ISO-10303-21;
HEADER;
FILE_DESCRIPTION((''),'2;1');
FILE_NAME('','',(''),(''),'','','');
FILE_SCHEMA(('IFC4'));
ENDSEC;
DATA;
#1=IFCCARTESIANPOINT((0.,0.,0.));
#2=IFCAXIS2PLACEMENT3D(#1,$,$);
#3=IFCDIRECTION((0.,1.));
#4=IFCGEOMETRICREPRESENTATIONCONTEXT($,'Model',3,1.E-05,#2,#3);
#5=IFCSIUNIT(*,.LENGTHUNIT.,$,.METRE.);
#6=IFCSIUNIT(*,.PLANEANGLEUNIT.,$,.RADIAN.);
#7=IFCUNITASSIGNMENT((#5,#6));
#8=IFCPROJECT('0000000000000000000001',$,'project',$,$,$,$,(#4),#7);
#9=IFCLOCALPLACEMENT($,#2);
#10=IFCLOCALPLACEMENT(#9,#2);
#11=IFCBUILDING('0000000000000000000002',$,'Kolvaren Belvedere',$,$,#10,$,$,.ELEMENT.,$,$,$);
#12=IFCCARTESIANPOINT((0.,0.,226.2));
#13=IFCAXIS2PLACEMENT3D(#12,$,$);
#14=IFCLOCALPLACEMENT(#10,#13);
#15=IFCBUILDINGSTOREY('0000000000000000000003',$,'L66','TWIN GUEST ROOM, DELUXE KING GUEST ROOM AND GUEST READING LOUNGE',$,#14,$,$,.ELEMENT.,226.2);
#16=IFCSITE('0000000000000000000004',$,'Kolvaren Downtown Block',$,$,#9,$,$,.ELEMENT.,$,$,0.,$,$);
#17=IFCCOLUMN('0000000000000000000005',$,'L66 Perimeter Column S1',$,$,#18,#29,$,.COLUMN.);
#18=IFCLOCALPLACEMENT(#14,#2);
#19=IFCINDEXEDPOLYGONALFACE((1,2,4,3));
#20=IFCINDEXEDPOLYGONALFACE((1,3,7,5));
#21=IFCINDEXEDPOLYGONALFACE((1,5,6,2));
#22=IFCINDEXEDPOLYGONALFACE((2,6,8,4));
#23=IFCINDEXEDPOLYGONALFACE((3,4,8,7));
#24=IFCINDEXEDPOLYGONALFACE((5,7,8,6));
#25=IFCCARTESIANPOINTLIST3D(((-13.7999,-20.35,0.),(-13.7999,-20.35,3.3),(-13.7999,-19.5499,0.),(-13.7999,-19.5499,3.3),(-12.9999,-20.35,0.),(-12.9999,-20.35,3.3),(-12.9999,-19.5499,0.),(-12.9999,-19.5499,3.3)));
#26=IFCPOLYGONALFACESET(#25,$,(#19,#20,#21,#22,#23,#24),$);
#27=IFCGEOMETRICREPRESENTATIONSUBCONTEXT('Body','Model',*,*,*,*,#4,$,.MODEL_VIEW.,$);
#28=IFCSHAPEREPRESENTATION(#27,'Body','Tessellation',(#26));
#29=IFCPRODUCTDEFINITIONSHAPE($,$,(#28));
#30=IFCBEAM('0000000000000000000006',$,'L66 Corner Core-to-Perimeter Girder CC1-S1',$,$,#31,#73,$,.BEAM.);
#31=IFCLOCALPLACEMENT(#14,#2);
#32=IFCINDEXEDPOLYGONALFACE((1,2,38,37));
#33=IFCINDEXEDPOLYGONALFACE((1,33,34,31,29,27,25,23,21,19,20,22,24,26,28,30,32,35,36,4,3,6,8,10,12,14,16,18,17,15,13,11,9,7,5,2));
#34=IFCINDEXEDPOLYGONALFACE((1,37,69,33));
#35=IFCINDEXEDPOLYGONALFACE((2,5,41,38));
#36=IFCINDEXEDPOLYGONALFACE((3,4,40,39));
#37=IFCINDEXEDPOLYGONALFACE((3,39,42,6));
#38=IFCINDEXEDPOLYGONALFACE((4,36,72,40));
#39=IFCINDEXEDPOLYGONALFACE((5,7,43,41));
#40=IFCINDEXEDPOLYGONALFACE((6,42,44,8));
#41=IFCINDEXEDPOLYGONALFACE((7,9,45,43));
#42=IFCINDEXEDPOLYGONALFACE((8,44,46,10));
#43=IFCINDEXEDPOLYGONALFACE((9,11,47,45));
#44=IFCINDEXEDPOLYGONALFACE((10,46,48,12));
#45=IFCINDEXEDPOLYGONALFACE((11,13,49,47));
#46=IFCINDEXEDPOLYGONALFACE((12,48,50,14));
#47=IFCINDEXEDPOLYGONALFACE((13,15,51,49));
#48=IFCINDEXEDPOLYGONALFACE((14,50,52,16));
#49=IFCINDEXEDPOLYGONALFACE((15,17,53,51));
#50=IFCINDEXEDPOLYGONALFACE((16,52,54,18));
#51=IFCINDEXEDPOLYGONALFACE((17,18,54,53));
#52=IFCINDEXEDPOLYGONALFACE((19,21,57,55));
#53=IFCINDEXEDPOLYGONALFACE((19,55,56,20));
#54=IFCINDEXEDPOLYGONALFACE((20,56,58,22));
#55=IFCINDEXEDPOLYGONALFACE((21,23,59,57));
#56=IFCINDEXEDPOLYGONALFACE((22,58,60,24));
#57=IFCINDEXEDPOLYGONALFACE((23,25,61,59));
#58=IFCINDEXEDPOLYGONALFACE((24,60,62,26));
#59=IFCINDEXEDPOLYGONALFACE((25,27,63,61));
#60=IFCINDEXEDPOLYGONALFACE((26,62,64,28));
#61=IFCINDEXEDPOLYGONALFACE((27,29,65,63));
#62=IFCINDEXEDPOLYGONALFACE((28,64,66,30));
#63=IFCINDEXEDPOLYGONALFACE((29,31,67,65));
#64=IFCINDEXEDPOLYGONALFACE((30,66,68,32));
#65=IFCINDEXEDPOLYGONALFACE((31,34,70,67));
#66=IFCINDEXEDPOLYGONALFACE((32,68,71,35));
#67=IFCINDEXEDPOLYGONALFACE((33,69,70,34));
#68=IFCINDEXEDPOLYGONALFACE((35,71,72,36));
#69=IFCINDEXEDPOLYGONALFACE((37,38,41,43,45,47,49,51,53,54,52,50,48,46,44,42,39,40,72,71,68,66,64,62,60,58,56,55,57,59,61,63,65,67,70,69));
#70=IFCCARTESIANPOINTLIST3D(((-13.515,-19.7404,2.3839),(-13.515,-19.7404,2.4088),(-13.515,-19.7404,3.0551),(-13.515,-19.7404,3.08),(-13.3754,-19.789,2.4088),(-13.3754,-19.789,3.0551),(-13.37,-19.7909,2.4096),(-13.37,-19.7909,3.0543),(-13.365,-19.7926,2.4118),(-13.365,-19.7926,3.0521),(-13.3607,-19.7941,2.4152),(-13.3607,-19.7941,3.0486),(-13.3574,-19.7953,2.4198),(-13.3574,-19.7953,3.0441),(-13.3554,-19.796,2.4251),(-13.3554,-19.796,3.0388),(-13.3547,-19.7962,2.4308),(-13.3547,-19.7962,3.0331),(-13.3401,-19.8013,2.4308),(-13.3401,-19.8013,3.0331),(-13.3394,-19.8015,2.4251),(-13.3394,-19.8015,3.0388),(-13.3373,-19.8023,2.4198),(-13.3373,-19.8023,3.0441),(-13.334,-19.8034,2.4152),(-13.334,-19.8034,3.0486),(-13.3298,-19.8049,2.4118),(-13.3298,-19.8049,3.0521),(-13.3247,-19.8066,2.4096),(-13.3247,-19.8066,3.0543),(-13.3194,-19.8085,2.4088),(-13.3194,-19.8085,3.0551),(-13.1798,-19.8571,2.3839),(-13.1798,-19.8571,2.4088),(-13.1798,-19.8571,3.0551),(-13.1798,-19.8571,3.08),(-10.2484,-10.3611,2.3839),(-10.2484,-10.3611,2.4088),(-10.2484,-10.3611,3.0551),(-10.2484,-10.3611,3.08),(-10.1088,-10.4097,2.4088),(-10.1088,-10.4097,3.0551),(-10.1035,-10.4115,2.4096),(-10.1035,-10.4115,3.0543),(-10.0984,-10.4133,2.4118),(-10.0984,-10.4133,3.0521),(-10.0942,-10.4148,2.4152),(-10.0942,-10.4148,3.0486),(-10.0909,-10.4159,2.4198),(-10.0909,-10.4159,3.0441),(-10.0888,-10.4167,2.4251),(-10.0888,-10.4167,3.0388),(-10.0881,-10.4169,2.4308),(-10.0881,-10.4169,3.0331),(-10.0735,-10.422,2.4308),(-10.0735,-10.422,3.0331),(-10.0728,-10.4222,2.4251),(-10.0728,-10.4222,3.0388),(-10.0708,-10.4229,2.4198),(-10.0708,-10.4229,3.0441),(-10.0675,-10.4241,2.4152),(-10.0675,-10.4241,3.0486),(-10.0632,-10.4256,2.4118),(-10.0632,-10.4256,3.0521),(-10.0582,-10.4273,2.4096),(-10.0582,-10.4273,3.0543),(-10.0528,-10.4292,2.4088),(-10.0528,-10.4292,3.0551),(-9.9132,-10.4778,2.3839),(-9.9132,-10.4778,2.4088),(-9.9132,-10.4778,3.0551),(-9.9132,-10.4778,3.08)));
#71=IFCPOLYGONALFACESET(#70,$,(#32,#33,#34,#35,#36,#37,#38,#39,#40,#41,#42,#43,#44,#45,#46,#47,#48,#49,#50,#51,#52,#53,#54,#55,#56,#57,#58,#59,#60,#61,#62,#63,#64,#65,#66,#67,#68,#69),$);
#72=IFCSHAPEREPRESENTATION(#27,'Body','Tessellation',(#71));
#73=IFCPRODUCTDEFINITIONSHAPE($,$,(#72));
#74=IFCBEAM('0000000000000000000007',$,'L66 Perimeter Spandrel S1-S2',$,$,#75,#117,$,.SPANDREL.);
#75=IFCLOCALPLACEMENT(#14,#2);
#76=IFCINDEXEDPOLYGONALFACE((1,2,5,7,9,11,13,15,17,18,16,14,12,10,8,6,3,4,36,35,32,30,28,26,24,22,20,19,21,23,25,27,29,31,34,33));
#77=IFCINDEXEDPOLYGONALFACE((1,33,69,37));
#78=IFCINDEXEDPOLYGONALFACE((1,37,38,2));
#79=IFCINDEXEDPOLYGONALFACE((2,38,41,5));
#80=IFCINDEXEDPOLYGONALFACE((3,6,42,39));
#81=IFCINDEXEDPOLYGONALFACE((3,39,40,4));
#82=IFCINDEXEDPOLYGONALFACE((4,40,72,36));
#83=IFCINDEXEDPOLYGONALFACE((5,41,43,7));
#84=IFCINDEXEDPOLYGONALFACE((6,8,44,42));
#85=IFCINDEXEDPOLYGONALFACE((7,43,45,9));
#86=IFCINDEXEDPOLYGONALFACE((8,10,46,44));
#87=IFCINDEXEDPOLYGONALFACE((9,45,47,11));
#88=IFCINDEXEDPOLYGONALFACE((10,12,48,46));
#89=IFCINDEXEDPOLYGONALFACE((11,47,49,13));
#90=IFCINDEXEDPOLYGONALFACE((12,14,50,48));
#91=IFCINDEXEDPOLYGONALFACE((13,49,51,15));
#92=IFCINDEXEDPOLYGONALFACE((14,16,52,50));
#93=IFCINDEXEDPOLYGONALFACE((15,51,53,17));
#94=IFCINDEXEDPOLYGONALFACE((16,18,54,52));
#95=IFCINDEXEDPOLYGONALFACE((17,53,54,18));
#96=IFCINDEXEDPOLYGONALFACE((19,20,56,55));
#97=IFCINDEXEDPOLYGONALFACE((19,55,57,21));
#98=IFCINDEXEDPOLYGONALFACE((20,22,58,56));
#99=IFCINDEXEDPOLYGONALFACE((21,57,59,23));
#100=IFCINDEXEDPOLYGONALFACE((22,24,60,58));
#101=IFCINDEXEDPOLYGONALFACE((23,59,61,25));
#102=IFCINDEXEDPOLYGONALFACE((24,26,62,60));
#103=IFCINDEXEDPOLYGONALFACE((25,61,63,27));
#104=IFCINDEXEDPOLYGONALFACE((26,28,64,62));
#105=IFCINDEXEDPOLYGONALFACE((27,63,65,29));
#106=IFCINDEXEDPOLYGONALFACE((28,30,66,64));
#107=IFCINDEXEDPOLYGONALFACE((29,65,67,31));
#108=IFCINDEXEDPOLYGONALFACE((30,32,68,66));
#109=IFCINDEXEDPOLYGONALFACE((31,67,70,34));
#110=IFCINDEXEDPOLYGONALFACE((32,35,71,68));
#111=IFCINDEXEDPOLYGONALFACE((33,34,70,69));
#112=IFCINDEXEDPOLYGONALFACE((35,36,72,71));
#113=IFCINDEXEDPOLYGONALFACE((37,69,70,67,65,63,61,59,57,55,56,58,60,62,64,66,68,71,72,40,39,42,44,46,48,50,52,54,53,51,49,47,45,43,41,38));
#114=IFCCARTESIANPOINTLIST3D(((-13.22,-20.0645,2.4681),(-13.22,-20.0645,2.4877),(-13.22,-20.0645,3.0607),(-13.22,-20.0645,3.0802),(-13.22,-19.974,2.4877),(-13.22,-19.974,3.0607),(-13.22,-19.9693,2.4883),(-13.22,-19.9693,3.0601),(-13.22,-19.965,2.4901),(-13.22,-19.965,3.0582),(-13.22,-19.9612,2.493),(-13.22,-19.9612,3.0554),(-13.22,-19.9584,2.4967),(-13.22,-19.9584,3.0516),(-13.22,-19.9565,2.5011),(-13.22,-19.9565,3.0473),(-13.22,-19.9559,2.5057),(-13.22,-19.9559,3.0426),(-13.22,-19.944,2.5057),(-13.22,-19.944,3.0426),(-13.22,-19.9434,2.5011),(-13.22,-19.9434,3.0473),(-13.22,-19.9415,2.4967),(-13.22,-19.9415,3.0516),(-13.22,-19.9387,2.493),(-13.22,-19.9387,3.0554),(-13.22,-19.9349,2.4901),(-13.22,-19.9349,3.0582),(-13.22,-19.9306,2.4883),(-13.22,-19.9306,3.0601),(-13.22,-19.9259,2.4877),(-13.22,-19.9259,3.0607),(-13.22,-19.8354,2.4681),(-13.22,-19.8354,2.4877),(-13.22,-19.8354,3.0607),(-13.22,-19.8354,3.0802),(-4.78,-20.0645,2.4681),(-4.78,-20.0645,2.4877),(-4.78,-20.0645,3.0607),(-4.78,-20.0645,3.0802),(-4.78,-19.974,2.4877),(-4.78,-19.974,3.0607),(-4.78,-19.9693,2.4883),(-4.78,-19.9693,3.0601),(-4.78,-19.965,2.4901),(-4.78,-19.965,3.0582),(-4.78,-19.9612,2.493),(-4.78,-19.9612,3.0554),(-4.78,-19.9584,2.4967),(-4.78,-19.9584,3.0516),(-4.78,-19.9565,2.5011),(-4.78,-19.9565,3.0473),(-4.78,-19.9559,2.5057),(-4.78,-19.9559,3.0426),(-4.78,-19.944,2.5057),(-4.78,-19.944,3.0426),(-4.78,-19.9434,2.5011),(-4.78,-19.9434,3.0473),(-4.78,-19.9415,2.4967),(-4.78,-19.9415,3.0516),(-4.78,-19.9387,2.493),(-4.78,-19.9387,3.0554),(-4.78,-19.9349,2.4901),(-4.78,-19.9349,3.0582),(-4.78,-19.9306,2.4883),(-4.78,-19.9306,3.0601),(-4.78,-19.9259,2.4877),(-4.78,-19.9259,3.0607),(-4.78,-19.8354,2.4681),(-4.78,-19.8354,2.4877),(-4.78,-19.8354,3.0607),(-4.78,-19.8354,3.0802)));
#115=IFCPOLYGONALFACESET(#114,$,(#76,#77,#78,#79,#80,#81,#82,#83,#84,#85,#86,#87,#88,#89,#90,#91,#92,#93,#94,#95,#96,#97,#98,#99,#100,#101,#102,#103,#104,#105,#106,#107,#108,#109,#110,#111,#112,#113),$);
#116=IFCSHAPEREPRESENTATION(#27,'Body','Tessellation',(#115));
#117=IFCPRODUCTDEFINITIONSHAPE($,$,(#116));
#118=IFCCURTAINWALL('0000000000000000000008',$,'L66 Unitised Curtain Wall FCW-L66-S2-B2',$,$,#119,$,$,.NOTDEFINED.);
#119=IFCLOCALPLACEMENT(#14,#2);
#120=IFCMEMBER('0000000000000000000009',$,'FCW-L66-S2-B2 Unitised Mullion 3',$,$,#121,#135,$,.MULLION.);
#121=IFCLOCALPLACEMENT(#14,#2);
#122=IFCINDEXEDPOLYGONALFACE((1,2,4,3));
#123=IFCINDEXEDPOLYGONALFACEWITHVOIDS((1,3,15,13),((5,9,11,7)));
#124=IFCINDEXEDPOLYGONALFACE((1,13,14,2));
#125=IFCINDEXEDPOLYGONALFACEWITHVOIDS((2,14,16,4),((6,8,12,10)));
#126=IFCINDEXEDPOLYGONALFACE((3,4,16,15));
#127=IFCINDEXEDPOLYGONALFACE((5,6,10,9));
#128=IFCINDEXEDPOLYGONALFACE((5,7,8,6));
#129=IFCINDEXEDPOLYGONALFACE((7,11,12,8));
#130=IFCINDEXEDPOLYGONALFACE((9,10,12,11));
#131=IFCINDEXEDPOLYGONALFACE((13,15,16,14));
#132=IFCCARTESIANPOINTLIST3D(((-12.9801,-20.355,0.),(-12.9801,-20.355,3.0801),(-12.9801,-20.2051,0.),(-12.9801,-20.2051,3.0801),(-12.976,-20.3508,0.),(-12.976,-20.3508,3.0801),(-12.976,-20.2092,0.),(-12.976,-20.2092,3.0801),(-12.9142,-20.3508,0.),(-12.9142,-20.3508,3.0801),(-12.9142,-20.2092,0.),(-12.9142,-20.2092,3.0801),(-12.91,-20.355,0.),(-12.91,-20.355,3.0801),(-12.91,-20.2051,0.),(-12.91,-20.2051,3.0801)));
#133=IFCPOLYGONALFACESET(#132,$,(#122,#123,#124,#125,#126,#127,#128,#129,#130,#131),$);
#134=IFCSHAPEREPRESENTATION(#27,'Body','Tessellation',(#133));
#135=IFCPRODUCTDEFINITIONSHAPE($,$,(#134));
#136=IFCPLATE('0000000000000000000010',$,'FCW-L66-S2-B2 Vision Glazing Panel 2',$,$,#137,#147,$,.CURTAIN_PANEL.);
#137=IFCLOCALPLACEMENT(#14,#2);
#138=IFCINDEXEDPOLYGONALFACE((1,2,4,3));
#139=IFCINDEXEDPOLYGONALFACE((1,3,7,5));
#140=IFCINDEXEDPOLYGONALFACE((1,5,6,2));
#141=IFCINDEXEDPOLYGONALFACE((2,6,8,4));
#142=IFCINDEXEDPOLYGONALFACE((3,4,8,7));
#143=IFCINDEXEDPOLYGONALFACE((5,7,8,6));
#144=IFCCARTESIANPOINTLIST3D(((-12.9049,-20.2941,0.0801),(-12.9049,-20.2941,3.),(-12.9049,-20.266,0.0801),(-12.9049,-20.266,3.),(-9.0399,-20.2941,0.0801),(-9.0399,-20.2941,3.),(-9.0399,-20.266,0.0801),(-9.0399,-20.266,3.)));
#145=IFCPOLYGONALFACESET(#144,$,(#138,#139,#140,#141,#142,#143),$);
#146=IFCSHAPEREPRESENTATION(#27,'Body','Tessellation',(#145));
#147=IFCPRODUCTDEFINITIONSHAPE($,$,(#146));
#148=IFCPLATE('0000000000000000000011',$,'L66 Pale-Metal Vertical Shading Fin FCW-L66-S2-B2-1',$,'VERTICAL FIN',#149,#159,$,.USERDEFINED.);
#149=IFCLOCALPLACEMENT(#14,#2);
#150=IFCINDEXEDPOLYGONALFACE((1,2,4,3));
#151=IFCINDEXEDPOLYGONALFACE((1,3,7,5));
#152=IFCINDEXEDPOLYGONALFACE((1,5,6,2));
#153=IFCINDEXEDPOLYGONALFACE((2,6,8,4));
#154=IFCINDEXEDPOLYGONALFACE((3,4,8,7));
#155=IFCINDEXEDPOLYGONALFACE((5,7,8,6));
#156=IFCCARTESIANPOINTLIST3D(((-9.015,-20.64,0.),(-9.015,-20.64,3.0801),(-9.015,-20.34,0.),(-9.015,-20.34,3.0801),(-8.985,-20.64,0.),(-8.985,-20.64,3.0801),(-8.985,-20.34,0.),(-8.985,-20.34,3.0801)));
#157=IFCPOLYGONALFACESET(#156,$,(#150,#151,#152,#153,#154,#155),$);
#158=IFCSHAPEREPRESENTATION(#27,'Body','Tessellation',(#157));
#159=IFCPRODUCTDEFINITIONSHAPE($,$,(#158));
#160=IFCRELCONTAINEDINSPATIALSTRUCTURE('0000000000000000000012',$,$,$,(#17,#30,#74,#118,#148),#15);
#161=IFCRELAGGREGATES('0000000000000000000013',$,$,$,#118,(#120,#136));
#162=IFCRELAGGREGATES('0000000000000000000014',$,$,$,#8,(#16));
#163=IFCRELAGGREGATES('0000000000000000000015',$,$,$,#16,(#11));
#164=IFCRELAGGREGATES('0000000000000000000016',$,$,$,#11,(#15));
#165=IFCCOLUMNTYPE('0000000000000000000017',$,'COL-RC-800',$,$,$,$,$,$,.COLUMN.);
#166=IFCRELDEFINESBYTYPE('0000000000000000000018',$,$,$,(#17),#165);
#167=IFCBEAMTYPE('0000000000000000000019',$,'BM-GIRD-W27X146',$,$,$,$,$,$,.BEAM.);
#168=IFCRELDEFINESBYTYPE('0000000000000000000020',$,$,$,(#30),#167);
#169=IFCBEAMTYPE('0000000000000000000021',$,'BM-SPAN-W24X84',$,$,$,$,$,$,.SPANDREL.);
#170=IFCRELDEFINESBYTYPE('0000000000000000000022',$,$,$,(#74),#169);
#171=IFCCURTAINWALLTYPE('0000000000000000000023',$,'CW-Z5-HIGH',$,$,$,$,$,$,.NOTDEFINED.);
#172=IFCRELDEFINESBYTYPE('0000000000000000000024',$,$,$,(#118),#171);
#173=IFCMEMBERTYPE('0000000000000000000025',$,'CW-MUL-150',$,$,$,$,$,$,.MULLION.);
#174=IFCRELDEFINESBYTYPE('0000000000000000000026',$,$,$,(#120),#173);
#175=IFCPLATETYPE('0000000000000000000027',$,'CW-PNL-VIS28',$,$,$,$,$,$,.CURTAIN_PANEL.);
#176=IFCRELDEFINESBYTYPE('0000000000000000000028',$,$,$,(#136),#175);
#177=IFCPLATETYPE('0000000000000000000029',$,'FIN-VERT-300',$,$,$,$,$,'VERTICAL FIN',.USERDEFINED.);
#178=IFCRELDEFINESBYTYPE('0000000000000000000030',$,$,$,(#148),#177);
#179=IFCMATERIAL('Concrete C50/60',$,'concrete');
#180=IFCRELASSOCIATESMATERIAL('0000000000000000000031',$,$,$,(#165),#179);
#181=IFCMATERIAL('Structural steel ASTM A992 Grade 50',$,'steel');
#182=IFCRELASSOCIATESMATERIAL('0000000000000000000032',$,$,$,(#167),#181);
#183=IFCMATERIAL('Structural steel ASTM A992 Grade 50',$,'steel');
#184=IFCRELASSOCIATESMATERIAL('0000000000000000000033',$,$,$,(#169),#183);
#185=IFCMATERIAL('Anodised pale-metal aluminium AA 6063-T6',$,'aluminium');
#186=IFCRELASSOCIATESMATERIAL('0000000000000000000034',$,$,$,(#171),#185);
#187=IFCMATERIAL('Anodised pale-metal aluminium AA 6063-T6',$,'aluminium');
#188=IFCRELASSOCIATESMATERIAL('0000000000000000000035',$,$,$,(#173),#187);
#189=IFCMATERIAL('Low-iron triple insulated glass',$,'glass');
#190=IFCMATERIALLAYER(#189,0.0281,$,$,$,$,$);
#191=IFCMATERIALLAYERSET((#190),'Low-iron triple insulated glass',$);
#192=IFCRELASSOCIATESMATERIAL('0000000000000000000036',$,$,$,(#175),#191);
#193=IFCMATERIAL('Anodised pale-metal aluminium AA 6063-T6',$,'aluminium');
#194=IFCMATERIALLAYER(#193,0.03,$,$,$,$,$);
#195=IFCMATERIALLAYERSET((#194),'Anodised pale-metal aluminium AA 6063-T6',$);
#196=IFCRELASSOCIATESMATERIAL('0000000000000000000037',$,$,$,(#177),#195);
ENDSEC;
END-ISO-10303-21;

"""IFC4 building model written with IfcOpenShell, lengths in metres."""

from ifc_helpers import new_model, si_unit, direction, frame, origin, origin_2d, place, context, subcontext, project, spatial, rectangle, hollow_rectangle, i_section, extrude, material, layer, layer_set, material_profile, profile_set, type_object, element, aggregate, save


model = new_model("IFC4")

# Units and contexts
model_context = context("Model", 3, precision=1e-05, world=origin(), true_north=direction((0.0, 1.0)))
body_context = subcontext(model_context, "Body", "Model", "MODEL_VIEW")
ifc_project = project(units=[si_unit("LENGTHUNIT", "METRE"), si_unit("PLANEANGLEUNIT", "RADIAN")], contexts=[model_context])

# Site, building, storey
site_placement = place(None, origin())
site = spatial("IfcSite", under=ifc_project, at=site_placement, Name="Kolvaren Downtown Block", CompositionType="ELEMENT", RefElevation=0.0)
building_placement = place(site_placement, origin())
building = spatial("IfcBuilding", under=site, at=building_placement, Name="Kolvaren Belvedere", CompositionType="ELEMENT")
storey_placement = place(building_placement, frame((0.0, 0.0, 226.2)))
storey = spatial("IfcBuildingStorey", under=building, at=storey_placement, Name="L66", Description="TWIN GUEST ROOM, DELUXE KING GUEST ROOM AND GUEST READING LOUNGE", CompositionType="ELEMENT", Elevation=226.2)

# Column
ifc_material_1 = material(Name="Concrete C50/60", Category="concrete")
ifc_material_profile_1 = material_profile(ifc_material_1, rectangle(XDim=0.8, YDim=0.8, at=origin_2d()), Name="RC 800X800")
ifc_profile_set_1 = profile_set([ifc_material_profile_1], Name="Concrete C50/60")
column_type = type_object("IfcColumnType", Name="COL-RC-800", PredefinedType="COLUMN", material=ifc_profile_set_1)
column_placement = place(storey_placement, frame((-13.3999, -19.95, 0.0), z_axis=(0.0, 0.0, 1.0), x_axis=(1.0, 0.0, 0.0)))
element("IfcColumn", 1, at=column_placement, inside=storey, type_object=column_type, Name="L66 Perimeter Column S1", PredefinedType="COLUMN", context=body_context, shape_type="SweptSolid", body=[
    extrude(rectangle(XDim=0.8, YDim=0.8, at=origin_2d()), origin(), (0.0, 0.0, 1.0), 3.3),
])

# Beams
ifc_material_2 = material(Name="Structural steel ASTM A992 Grade 50", Category="steel")
ifc_material_profile_2 = material_profile(ifc_material_2, i_section(OverallWidth=0.355, OverallDepth=0.696, WebThickness=0.0154, FlangeThickness=0.0249, FilletRadius=0.022, at=origin_2d()), Name="W27X146")
ifc_profile_set_2 = profile_set([ifc_material_profile_2], Name="Structural steel ASTM A992 Grade 50")
beam_type_1 = type_object("IfcBeamType", Name="BM-GIRD-W27X146", PredefinedType="BEAM", material=ifc_profile_set_2)
beam_1_placement = place(storey_placement, frame((-10.0808, -10.4194, 2.7319), z_axis=(-0.328898, -0.944365, 0.0), x_axis=(0.944365, -0.328898, 0.0)))
element("IfcBeam", 2, at=beam_1_placement, inside=storey, type_object=beam_type_1, Name="L66 Corner Core-to-Perimeter Girder CC1-S1", PredefinedType="BEAM", context=body_context, shape_type="SweptSolid", body=[
    extrude(i_section(OverallWidth=0.355, OverallDepth=0.696, WebThickness=0.0154, FlangeThickness=0.0249, FilletRadius=0.022, at=origin_2d()), origin(), (0.0, 0.0, 1.0), 9.9319),
])
ifc_material_3 = material(Name="Structural steel ASTM A992 Grade 50", Category="steel")
ifc_material_profile_3 = material_profile(ifc_material_3, i_section(OverallWidth=0.229, OverallDepth=0.6121, WebThickness=0.012, FlangeThickness=0.0195, FilletRadius=0.0181, at=origin_2d()), Name="W24X84")
ifc_profile_set_3 = profile_set([ifc_material_profile_3], Name="Structural steel ASTM A992 Grade 50")
beam_type_2 = type_object("IfcBeamType", Name="BM-SPAN-W24X84", PredefinedType="SPANDREL", material=ifc_profile_set_3)
beam_2_placement = place(storey_placement, frame((-13.22, -19.95, 2.7742), z_axis=(1.0, 0.0, 0.0), x_axis=(0.0, 1.0, 0.0)))
element("IfcBeam", 3, at=beam_2_placement, inside=storey, type_object=beam_type_2, Name="L66 Perimeter Spandrel S1-S2", PredefinedType="SPANDREL", context=body_context, shape_type="SweptSolid", body=[
    extrude(i_section(OverallWidth=0.229, OverallDepth=0.6121, WebThickness=0.012, FlangeThickness=0.0195, FilletRadius=0.0181, at=origin_2d()), origin(), (0.0, 0.0, 1.0), 8.4399),
])

# Curtain wall, member, plate
ifc_material_4 = material(Name="Anodised pale-metal aluminium AA 6063-T6", Category="aluminium")
curtain_wall_type = type_object("IfcCurtainWallType", Name="CW-Z5-HIGH", PredefinedType="NOTDEFINED", material=ifc_material_4)
curtain_wall_placement = place(storey_placement, origin())
curtain_wall = element("IfcCurtainWall", 4, at=curtain_wall_placement, inside=storey, type_object=curtain_wall_type, Name="L66 Unitised Curtain Wall FCW-L66-S2-B2", PredefinedType="NOTDEFINED")
ifc_material_5 = material(Name="Anodised pale-metal aluminium AA 6063-T6", Category="aluminium")
ifc_material_profile_4 = material_profile(ifc_material_5, hollow_rectangle(XDim=0.0701, YDim=0.1499, WallThickness=0.0042, at=origin_2d()), Name="ALU-MUL-150X70")
ifc_profile_set_4 = profile_set([ifc_material_profile_4], Name="Anodised pale-metal aluminium AA 6063-T6")
member_type = type_object("IfcMemberType", Name="CW-MUL-150", PredefinedType="MULLION", material=ifc_profile_set_4)
member_placement = place(storey_placement, frame((-12.9451, -20.28, 0.0), z_axis=(0.0, 0.0, 1.0), x_axis=(1.0, 0.0, 0.0)))
member = element("IfcMember", 5, at=member_placement, type_object=member_type, Name="FCW-L66-S2-B2 Unitised Mullion 3", PredefinedType="MULLION", context=body_context, shape_type="SweptSolid", body=[
    extrude(hollow_rectangle(XDim=0.0701, YDim=0.1499, WallThickness=0.0042, at=origin_2d()), origin(), (0.0, 0.0, 1.0), 3.0801),
])
ifc_material_6 = material(Name="Low-iron triple insulated glass", Category="glass")
ifc_layer_1 = layer(ifc_material_6, 0.0281)
ifc_layer_set_1 = layer_set([ifc_layer_1], Name="Low-iron triple insulated glass")
plate_type_1 = type_object("IfcPlateType", Name="CW-PNL-VIS28", PredefinedType="CURTAIN_PANEL", material=ifc_layer_set_1)
plate_1_placement = place(storey_placement, frame((-10.9724, -20.28, 0.0801), z_axis=(0.0, 0.0, 1.0), x_axis=(-1.0, 0.0, 0.0)))
plate_1 = element("IfcPlate", 6, at=plate_1_placement, type_object=plate_type_1, Name="FCW-L66-S2-B2 Vision Glazing Panel 2", PredefinedType="CURTAIN_PANEL", context=body_context, shape_type="SweptSolid", body=[
    extrude(rectangle(XDim=3.865, YDim=0.0281, at=origin_2d()), origin(), (0.0, 0.0, 1.0), 2.9199),
])
aggregate(curtain_wall, [member, plate_1])

# Plate
ifc_material_7 = material(Name="Anodised pale-metal aluminium AA 6063-T6", Category="aluminium")
ifc_layer_2 = layer(ifc_material_7, 0.03)
ifc_layer_set_2 = layer_set([ifc_layer_2], Name="Anodised pale-metal aluminium AA 6063-T6")
plate_type_2 = type_object("IfcPlateType", Name="FIN-VERT-300", ElementType="VERTICAL FIN", PredefinedType="USERDEFINED", material=ifc_layer_set_2)
plate_2_placement = place(storey_placement, frame((-9.0, -20.49, 0.0), z_axis=(0.0, 0.0, 1.0), x_axis=(0.0, 1.0, 0.0)))
element("IfcPlate", 7, at=plate_2_placement, inside=storey, type_object=plate_type_2, Name="L66 Pale-Metal Vertical Shading Fin FCW-L66-S2-B2-1", ObjectType="VERTICAL FIN", PredefinedType="USERDEFINED", context=body_context, shape_type="SweptSolid", body=[
    extrude(rectangle(XDim=0.3, YDim=0.03, at=origin_2d()), origin(), (0.0, 0.0, 1.0), 3.0801),
])

save(model, "model.ifc")
